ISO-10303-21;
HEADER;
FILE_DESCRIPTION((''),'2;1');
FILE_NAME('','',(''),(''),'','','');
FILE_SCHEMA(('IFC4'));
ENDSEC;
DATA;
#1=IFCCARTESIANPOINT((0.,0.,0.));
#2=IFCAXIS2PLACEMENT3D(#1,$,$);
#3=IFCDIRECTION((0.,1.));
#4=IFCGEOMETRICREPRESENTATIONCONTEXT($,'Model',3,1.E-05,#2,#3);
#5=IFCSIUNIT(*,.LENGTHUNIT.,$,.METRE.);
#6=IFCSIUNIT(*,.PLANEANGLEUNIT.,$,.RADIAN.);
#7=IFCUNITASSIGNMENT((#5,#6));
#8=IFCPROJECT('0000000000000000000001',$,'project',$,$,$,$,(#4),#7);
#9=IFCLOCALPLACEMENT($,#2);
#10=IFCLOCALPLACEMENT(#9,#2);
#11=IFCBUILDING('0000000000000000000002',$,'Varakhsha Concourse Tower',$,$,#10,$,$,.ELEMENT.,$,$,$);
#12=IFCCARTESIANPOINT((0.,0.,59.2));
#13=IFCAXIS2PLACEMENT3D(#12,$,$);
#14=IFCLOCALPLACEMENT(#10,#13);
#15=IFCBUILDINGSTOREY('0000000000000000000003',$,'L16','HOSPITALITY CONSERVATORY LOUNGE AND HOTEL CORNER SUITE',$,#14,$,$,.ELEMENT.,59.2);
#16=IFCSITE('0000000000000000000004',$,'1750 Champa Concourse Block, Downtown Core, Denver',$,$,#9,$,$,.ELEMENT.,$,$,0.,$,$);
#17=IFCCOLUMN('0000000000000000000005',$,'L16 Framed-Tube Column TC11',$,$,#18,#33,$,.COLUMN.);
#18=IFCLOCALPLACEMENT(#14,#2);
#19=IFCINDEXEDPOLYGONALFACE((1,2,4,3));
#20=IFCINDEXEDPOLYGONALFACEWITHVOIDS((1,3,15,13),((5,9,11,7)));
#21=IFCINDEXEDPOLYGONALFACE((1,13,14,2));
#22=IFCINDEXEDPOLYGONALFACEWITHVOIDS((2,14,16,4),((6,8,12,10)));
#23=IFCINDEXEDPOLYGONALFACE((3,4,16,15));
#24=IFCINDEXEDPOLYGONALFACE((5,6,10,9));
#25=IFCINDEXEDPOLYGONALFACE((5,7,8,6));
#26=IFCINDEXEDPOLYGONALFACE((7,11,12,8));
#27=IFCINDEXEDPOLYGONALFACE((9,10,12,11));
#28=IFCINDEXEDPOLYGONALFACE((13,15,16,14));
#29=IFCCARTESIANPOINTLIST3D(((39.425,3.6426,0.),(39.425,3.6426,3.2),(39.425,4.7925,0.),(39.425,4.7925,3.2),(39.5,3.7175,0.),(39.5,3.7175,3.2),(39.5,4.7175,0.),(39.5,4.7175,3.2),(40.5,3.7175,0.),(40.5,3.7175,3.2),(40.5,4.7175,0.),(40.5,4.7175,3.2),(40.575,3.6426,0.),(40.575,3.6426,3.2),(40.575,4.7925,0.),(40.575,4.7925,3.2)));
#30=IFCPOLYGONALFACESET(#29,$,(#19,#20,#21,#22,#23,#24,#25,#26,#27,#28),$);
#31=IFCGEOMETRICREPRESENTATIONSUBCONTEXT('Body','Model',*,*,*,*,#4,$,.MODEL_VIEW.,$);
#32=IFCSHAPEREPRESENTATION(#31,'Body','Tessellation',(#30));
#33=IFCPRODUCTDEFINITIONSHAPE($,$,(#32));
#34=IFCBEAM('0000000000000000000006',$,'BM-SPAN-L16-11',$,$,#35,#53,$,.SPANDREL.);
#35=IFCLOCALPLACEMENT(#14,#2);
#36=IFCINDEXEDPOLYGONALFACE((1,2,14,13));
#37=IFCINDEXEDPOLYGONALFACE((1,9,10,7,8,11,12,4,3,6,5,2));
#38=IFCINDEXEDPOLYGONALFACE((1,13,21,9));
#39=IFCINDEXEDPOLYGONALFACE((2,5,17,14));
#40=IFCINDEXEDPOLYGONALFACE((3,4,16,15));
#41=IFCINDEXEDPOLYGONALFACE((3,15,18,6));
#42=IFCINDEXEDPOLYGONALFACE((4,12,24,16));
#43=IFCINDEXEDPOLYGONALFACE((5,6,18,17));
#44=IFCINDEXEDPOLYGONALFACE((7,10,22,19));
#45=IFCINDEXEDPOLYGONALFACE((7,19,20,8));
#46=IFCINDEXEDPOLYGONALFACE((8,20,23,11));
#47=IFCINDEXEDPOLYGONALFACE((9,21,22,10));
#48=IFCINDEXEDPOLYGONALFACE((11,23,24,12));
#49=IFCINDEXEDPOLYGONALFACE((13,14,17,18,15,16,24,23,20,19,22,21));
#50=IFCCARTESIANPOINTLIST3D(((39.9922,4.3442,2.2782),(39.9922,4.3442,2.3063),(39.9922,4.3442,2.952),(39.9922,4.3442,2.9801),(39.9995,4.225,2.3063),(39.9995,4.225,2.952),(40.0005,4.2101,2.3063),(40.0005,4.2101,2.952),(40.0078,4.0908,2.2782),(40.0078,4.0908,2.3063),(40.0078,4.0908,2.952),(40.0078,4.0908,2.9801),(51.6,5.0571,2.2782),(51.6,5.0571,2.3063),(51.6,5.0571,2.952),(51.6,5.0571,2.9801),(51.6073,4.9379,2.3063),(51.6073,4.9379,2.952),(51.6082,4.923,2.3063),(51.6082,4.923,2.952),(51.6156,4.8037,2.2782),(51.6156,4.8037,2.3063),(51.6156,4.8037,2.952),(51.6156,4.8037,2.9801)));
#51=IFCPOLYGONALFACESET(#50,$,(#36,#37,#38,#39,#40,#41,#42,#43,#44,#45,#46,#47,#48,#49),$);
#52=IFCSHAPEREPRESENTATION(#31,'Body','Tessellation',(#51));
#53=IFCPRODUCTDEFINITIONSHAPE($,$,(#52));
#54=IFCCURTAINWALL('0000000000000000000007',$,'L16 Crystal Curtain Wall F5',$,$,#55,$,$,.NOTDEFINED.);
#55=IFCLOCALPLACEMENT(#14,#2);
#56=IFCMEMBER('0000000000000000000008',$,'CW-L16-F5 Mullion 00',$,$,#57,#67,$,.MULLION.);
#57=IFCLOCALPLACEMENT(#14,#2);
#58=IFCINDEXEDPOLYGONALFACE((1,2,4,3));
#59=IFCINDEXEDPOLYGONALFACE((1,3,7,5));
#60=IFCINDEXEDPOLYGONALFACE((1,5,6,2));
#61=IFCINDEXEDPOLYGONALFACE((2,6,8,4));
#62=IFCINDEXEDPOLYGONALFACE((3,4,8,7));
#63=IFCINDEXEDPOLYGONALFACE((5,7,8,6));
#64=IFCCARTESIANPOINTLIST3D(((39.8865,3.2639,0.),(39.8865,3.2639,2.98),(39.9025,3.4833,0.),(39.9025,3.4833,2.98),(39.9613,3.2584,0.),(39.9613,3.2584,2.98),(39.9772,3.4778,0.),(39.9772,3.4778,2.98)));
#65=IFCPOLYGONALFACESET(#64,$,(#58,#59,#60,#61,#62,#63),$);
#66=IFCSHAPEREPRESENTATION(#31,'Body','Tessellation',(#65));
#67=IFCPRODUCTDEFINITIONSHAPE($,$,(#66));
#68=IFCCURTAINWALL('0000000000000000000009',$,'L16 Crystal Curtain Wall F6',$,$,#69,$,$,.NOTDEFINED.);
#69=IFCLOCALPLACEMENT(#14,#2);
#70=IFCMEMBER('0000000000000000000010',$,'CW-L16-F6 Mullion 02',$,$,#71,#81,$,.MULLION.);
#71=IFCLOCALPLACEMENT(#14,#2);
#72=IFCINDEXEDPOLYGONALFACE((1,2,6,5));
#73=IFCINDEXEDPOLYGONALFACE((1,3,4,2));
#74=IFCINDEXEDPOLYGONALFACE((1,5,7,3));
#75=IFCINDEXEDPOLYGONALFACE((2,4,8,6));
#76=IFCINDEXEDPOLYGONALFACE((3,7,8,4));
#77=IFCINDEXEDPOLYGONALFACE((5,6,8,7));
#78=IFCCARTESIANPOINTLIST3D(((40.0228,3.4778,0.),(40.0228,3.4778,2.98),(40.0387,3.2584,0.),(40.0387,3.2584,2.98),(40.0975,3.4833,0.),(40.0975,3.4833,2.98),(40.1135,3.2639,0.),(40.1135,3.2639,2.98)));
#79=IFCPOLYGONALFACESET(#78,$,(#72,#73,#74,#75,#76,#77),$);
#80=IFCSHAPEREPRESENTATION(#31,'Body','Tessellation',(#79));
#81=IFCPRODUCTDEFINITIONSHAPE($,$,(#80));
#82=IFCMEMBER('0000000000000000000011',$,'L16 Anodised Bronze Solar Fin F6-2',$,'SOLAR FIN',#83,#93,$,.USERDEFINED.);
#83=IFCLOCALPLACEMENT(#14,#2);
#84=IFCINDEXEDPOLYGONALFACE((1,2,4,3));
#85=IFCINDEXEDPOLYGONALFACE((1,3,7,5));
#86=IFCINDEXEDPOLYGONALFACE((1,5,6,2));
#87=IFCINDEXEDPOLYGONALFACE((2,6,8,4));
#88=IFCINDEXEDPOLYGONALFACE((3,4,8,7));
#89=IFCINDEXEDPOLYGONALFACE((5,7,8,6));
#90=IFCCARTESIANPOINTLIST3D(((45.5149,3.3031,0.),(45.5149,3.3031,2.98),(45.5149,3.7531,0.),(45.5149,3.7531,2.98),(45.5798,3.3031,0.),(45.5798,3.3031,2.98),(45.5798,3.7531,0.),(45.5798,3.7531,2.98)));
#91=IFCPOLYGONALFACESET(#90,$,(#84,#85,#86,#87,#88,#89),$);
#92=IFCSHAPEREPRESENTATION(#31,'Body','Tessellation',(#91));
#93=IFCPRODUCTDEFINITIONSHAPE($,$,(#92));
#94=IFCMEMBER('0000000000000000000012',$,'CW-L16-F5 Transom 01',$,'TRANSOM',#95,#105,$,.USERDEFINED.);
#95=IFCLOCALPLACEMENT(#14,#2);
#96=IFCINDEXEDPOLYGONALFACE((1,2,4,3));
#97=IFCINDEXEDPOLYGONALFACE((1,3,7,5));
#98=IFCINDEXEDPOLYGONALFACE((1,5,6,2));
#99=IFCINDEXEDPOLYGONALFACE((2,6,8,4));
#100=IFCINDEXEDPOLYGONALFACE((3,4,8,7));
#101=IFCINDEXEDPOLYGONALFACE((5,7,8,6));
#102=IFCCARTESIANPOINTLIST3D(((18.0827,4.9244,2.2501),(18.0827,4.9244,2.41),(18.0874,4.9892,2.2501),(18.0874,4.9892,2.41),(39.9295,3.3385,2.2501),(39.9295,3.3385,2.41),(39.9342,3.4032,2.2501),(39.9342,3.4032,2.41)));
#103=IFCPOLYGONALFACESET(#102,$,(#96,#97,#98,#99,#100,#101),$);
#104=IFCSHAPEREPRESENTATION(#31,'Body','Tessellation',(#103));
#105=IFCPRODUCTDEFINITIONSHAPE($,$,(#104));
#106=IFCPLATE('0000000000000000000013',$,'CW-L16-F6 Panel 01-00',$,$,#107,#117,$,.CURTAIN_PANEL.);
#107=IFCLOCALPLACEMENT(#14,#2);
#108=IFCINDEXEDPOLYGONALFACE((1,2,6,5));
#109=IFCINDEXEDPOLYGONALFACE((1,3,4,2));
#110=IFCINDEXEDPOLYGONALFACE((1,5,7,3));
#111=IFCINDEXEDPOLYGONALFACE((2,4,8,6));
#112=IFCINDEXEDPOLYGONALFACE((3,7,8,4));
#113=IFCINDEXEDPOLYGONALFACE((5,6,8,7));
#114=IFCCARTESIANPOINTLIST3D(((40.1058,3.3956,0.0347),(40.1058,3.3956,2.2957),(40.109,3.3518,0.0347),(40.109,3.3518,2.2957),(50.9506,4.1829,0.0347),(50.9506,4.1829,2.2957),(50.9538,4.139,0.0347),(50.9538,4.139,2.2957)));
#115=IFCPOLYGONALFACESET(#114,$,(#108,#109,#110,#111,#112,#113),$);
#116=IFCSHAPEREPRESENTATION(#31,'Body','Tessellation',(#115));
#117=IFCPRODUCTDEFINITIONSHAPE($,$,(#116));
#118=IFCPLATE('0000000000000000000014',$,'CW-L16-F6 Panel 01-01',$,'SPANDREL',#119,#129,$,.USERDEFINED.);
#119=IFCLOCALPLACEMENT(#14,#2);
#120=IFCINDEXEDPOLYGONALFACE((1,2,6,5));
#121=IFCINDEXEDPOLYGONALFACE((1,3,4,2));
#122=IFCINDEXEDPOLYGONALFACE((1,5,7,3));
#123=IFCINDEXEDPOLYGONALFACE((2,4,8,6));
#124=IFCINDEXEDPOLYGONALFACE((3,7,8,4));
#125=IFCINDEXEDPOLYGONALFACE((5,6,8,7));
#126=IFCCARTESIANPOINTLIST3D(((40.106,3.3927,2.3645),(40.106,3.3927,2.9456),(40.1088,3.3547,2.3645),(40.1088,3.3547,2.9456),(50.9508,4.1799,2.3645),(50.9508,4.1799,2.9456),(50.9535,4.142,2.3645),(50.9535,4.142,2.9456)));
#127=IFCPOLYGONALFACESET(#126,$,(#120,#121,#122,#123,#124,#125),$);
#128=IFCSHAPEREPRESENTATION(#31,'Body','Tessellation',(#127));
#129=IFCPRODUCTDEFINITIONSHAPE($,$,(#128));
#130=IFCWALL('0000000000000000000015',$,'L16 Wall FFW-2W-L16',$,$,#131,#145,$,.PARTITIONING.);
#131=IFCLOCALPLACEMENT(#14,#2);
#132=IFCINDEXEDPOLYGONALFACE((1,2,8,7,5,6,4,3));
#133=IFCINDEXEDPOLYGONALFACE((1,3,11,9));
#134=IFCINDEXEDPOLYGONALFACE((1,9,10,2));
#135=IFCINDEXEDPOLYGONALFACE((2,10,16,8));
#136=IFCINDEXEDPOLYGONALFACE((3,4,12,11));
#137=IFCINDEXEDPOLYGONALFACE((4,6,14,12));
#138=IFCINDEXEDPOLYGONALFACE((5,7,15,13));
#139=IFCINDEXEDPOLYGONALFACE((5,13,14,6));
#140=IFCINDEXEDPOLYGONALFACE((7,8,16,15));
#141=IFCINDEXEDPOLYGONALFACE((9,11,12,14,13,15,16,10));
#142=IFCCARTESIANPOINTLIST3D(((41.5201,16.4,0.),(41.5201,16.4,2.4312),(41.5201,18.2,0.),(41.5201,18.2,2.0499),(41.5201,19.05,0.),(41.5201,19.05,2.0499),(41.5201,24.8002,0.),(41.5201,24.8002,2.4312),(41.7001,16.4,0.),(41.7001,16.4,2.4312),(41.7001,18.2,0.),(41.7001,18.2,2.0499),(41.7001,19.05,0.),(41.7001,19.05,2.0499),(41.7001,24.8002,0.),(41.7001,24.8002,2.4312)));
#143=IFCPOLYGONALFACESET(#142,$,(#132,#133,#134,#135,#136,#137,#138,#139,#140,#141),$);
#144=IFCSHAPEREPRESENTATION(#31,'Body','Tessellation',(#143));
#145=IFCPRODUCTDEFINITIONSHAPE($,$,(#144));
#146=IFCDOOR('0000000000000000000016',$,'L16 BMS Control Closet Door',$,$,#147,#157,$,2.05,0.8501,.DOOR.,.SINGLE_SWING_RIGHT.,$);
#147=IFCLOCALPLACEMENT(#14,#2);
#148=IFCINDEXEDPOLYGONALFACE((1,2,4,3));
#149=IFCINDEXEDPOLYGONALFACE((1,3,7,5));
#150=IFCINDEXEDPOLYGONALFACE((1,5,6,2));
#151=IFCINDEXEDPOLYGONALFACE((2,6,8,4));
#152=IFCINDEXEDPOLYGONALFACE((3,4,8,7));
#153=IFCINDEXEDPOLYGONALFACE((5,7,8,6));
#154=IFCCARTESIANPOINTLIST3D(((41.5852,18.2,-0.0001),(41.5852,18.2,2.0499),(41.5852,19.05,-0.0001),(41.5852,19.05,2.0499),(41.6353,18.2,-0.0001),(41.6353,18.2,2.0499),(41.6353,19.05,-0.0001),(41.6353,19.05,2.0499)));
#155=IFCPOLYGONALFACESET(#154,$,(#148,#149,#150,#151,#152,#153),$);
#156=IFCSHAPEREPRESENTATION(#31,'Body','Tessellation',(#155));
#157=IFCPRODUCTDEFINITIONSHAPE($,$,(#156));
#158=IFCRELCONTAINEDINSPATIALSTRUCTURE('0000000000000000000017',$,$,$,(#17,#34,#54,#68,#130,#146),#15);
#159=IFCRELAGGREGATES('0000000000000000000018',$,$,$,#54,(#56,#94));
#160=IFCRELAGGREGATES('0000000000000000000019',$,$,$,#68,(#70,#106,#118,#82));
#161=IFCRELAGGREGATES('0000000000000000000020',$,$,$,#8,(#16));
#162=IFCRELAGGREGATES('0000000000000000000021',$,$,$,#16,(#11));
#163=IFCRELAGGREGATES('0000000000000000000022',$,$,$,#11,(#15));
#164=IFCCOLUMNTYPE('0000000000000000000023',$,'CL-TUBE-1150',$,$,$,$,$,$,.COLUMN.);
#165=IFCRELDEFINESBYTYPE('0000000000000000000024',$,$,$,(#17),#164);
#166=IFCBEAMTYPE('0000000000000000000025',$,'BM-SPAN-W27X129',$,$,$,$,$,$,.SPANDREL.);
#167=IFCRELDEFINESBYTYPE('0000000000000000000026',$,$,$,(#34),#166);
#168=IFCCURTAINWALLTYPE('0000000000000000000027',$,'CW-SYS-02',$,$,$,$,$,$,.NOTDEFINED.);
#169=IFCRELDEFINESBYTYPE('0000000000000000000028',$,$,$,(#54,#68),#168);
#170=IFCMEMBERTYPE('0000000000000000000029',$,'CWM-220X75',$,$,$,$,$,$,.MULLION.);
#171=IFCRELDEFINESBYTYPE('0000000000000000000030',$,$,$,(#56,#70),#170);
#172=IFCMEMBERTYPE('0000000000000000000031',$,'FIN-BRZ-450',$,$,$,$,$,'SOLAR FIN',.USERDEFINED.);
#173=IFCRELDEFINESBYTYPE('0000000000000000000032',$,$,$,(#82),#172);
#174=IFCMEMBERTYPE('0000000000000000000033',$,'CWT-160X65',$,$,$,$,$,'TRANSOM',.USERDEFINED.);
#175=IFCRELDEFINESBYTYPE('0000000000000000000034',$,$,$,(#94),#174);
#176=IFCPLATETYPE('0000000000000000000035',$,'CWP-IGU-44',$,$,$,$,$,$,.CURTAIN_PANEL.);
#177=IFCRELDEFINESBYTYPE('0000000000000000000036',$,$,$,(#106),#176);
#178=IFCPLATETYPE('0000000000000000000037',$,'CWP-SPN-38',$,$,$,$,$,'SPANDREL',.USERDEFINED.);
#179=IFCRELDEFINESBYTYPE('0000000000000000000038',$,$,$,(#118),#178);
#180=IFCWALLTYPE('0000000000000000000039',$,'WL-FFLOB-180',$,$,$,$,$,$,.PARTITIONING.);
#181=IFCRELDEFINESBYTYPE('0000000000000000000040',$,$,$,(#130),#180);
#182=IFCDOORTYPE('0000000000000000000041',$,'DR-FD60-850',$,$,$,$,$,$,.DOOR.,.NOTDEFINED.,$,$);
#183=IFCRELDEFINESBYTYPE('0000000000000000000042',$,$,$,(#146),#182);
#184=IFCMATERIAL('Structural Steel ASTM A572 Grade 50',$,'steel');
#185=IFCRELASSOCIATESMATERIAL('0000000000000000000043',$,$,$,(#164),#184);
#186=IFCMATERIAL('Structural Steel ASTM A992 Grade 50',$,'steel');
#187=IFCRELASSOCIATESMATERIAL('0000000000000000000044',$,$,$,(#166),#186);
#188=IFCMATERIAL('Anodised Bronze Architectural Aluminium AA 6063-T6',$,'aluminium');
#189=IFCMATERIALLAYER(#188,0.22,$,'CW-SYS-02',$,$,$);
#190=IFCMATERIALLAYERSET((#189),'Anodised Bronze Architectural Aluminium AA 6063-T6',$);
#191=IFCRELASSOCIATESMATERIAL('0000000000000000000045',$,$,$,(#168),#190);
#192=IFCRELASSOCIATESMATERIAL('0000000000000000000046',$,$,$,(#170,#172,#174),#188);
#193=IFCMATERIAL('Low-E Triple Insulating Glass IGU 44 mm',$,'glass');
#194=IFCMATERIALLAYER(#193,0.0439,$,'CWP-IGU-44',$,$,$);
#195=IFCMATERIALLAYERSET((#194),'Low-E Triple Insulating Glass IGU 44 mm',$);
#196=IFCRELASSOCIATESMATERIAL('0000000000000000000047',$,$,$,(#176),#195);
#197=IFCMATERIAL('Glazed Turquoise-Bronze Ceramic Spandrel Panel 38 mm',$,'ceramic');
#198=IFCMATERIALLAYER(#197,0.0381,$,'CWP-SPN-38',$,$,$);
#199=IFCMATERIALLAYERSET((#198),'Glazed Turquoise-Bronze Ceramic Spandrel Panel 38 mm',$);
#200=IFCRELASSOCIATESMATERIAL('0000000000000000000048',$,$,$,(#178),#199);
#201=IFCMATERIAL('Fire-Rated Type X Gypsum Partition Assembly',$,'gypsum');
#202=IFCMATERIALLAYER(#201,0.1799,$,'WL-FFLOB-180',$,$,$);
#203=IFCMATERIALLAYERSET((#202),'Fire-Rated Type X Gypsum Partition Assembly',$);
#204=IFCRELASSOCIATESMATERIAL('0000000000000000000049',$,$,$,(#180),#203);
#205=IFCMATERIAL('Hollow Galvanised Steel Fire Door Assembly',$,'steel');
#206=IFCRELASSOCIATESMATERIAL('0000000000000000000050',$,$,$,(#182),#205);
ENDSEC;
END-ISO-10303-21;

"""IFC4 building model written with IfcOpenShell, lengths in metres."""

from ifc_helpers import new_model, si_unit, direction, frame, frame_2d, origin, origin_2d, place, context, subcontext, project, spatial, rectangle, hollow_rectangle, i_section, extrude, source, transform, mapped, material, layer, layer_set, material_profile, profile_set, type_object, type_shapes, element, fill, aggregate, save


model = new_model("IFC4")

# Units and contexts
model_context = context("Model", 3, precision=1e-05, world=origin(), true_north=direction((0.0, 1.0)))
body_context = subcontext(model_context, "Body", "Model", "MODEL_VIEW")
ifc_project = project(units=[si_unit("LENGTHUNIT", "METRE"), si_unit("PLANEANGLEUNIT", "RADIAN")], contexts=[model_context])

# Site, building, storey
site_placement = place(None, origin())
site = spatial("IfcSite", under=ifc_project, at=site_placement, Name="1750 Champa Concourse Block, Downtown Core, Denver", CompositionType="ELEMENT", RefElevation=0.0)
building_placement = place(site_placement, origin())
building = spatial("IfcBuilding", under=site, at=building_placement, Name="Varakhsha Concourse Tower", CompositionType="ELEMENT")
storey_placement = place(building_placement, frame((0.0, 0.0, 59.2)))
storey = spatial("IfcBuildingStorey", under=building, at=storey_placement, Name="L16", Description="HOSPITALITY CONSERVATORY LOUNGE AND HOTEL CORNER SUITE", CompositionType="ELEMENT", Elevation=59.2)

# Column
ifc_material_1 = material(Name="Structural Steel ASTM A572 Grade 50", Category="steel")
ifc_material_profile_1 = material_profile(ifc_material_1, hollow_rectangle(XDim=1.1499, YDim=1.1499, WallThickness=0.075, at=origin_2d()), Name="BOX 1150x1150x75")
ifc_profile_set_1 = profile_set([ifc_material_profile_1], Name="Structural Steel ASTM A572 Grade 50")
column_type = type_object("IfcColumnType", Name="CL-TUBE-1150", PredefinedType="COLUMN", material=ifc_profile_set_1)
column_placement = place(storey_placement, frame((40.0, 4.2175, 0.0), z_axis=(0.0, 0.0, 1.0), x_axis=(1.0, 0.0, 0.0)))
element("IfcColumn", 1, at=column_placement, inside=storey, type_object=column_type, Name="L16 Framed-Tube Column TC11", PredefinedType="COLUMN", context=body_context, shape_type="SweptSolid", body=[
    extrude(hollow_rectangle(XDim=1.1499, YDim=1.1499, WallThickness=0.075, at=origin_2d()), origin(), (0.0, 0.0, 1.0), 3.2),
])

# Beam
ifc_material_2 = material(Name="Structural Steel ASTM A992 Grade 50", Category="steel")
ifc_material_profile_2 = material_profile(ifc_material_2, i_section(OverallWidth=0.2539, OverallDepth=0.7019, WebThickness=0.0149, FlangeThickness=0.0281, at=origin_2d()), Name="W27X129")
ifc_profile_set_2 = profile_set([ifc_material_profile_2], Name="Structural Steel ASTM A992 Grade 50")
beam_type = type_object("IfcBeamType", Name="BM-SPAN-W27X129", PredefinedType="SPANDREL", material=ifc_profile_set_2)
beam_placement = place(storey_placement, frame((40.0, 4.2175, 2.6292), z_axis=(0.998119, 0.0613, 0.0), x_axis=(-0.0613, 0.998119, 0.0)))
element("IfcBeam", 2, at=beam_placement, inside=storey, type_object=beam_type, Name="BM-SPAN-L16-11", PredefinedType="SPANDREL", context=body_context, shape_type="SweptSolid", body=[
    extrude(i_section(OverallWidth=0.2539, OverallDepth=0.7019, WebThickness=0.0149, FlangeThickness=0.0281, at=origin_2d()), origin(), (0.0, 0.0, 1.0), 11.6296),
])

# Curtain wall, member
ifc_material_3 = material(Name="Anodised Bronze Architectural Aluminium AA 6063-T6", Category="aluminium")
ifc_layer_1 = layer(ifc_material_3, 0.22, Name="CW-SYS-02")
ifc_layer_set_1 = layer_set([ifc_layer_1], Name="Anodised Bronze Architectural Aluminium AA 6063-T6")
curtain_wall_type = type_object("IfcCurtainWallType", Name="CW-SYS-02", PredefinedType="NOTDEFINED", material=ifc_layer_set_1)
curtain_wall_1_placement = place(storey_placement, origin())
curtain_wall_1 = element("IfcCurtainWall", 3, at=curtain_wall_1_placement, inside=storey, type_object=curtain_wall_type, Name="L16 Crystal Curtain Wall F5", PredefinedType="NOTDEFINED")
ifc_material_profile_3 = material_profile(ifc_material_3, rectangle(XDim=0.075, YDim=0.22, at=origin_2d()), Name="CWM-220X75")
ifc_profile_set_3 = profile_set([ifc_material_profile_3], Name="Anodised Bronze Architectural Aluminium AA 6063-T6")
member_type_1 = type_object("IfcMemberType", Name="CWM-220X75", PredefinedType="MULLION", material=ifc_profile_set_3)
shared_shape_1 = source(origin(), body_context, "Body", "SweptSolid", [
    extrude(rectangle(XDim=0.075, YDim=0.22, at=origin_2d()), origin(), (0.0, 0.0, 1.0), 2.98),
])
type_shapes(member_type_1, [shared_shape_1])
member_1_placement = place(storey_placement, frame((39.9319, 3.3708, 0.0), z_axis=(0.0, 0.0, 1.0), x_axis=(-0.997376, 0.072401, 0.0)))
member_1 = element("IfcMember", 4, at=member_1_placement, type_object=member_type_1, Name="CW-L16-F5 Mullion 00", PredefinedType="MULLION", context=body_context, shape_type="MappedRepresentation", body=[
    mapped(shared_shape_1, transform((0.0, 0.0, 0.0), scale=1.0)),
])

# Curtain wall, members
curtain_wall_2_placement = place(storey_placement, origin())
curtain_wall_2 = element("IfcCurtainWall", 5, at=curtain_wall_2_placement, inside=storey, type_object=curtain_wall_type, Name="L16 Crystal Curtain Wall F6", PredefinedType="NOTDEFINED")
member_2_placement = place(storey_placement, frame((40.0681, 3.3708, 0.0), z_axis=(0.0, 0.0, 1.0), x_axis=(-0.997376, -0.072401, 0.0)))
member_2 = element("IfcMember", 6, at=member_2_placement, type_object=member_type_1, Name="CW-L16-F6 Mullion 02", PredefinedType="MULLION", context=body_context, shape_type="MappedRepresentation", body=[
    mapped(shared_shape_1, transform((0.0, 0.0, 0.0), scale=1.0)),
])
ifc_material_profile_4 = material_profile(ifc_material_3, rectangle(XDim=0.0649, YDim=0.45, at=origin_2d()), Name="FIN-BRZ-450")
ifc_profile_set_4 = profile_set([ifc_material_profile_4], Name="Anodised Bronze Architectural Aluminium AA 6063-T6")
member_type_2 = type_object("IfcMemberType", Name="FIN-BRZ-450", ElementType="SOLAR FIN", PredefinedType="USERDEFINED", material=ifc_profile_set_4)
shared_shape_2 = source(origin(), body_context, "Body", "SweptSolid", [
    extrude(rectangle(XDim=0.0649, YDim=0.45, at=origin_2d()), origin(), (0.0, 0.0, 1.0), 2.98),
])
type_shapes(member_type_2, [shared_shape_2])
member_3_placement = place(storey_placement, frame((45.5474, 3.5281, 0.0), z_axis=(0.0, 0.0, 1.0), x_axis=(1.0, 0.0, 0.0)))
member_3 = element("IfcMember", 7, at=member_3_placement, type_object=member_type_2, Name="L16 Anodised Bronze Solar Fin F6-2", ObjectType="SOLAR FIN", PredefinedType="USERDEFINED", context=body_context, shape_type="MappedRepresentation", body=[
    mapped(shared_shape_2, transform((0.0, 0.0, 0.0), scale=1.0)),
])

# Member
ifc_material_profile_5 = material_profile(ifc_material_3, rectangle(XDim=0.0649, YDim=0.1599, at=origin_2d()), Name="CWT-160X65")
ifc_profile_set_5 = profile_set([ifc_material_profile_5], Name="Anodised Bronze Architectural Aluminium AA 6063-T6")
member_type_3 = type_object("IfcMemberType", Name="CWT-160X65", ElementType="TRANSOM", PredefinedType="USERDEFINED", material=ifc_profile_set_5)
shared_shape_3 = source(origin(), body_context, "Body", "SweptSolid", [
    extrude(rectangle(XDim=0.0649, YDim=0.1599, at=origin_2d()), origin(), (0.0, 0.0, 1.0), 21.9043),
])
type_shapes(member_type_3, [shared_shape_3])
member_4_placement = place(storey_placement, frame((39.9319, 3.3708, 2.3301), z_axis=(-0.997375, 0.072403, 0.0), x_axis=(-0.072403, -0.997375, 0.0)))
member_4 = element("IfcMember", 8, at=member_4_placement, type_object=member_type_3, Name="CW-L16-F5 Transom 01", ObjectType="TRANSOM", PredefinedType="USERDEFINED", context=body_context, shape_type="MappedRepresentation", body=[
    mapped(shared_shape_3, transform((0.0, 0.0, 0.0), scale=1.0)),
])
aggregate(curtain_wall_1, [member_1, member_4])

# Plates
ifc_material_4 = material(Name="Low-E Triple Insulating Glass IGU 44 mm", Category="glass")
ifc_layer_2 = layer(ifc_material_4, 0.0439, Name="CWP-IGU-44")
ifc_layer_set_2 = layer_set([ifc_layer_2], Name="Low-E Triple Insulating Glass IGU 44 mm")
plate_type_1 = type_object("IfcPlateType", Name="CWP-IGU-44", PredefinedType="CURTAIN_PANEL", material=ifc_layer_set_2)
shared_shape_4 = source(origin(), body_context, "Body", "SweptSolid", [
    extrude(rectangle(XDim=10.8733, YDim=0.0439, at=origin_2d()), origin(), (0.0, 0.0, 1.0), 2.261),
])
type_shapes(plate_type_1, [shared_shape_4])
plate_1_placement = place(storey_placement, frame((45.5298, 3.7673, 0.0347), z_axis=(0.0, 0.0, 1.0), x_axis=(-0.997376, -0.072401, 0.0)))
plate_1 = element("IfcPlate", 9, at=plate_1_placement, type_object=plate_type_1, Name="CW-L16-F6 Panel 01-00", PredefinedType="CURTAIN_PANEL", context=body_context, shape_type="MappedRepresentation", body=[
    mapped(shared_shape_4, transform((0.0, 0.0, 0.0), scale=1.0)),
])
ifc_material_5 = material(Name="Glazed Turquoise-Bronze Ceramic Spandrel Panel 38 mm", Category="ceramic")
ifc_layer_3 = layer(ifc_material_5, 0.0381, Name="CWP-SPN-38")
ifc_layer_set_3 = layer_set([ifc_layer_3], Name="Glazed Turquoise-Bronze Ceramic Spandrel Panel 38 mm")
plate_type_2 = type_object("IfcPlateType", Name="CWP-SPN-38", ElementType="SPANDREL", PredefinedType="USERDEFINED", material=ifc_layer_set_3)
shared_shape_5 = source(origin(), body_context, "Body", "SweptSolid", [
    extrude(rectangle(XDim=10.8733, YDim=0.0381, at=origin_2d()), origin(), (0.0, 0.0, 1.0), 0.5811),
])
type_shapes(plate_type_2, [shared_shape_5])
plate_2_placement = place(storey_placement, frame((45.5298, 3.7673, 2.3645), z_axis=(0.0, 0.0, 1.0), x_axis=(-0.997376, -0.072401, 0.0)))
plate_2 = element("IfcPlate", 10, at=plate_2_placement, type_object=plate_type_2, Name="CW-L16-F6 Panel 01-01", ObjectType="SPANDREL", PredefinedType="USERDEFINED", context=body_context, shape_type="MappedRepresentation", body=[
    mapped(shared_shape_5, transform((0.0, 0.0, 0.0), scale=1.0)),
])
aggregate(curtain_wall_2, [member_2, plate_1, plate_2, member_3])

# Wall, opening, door
ifc_material_6 = material(Name="Fire-Rated Type X Gypsum Partition Assembly", Category="gypsum")
ifc_layer_4 = layer(ifc_material_6, 0.1799, Name="WL-FFLOB-180")
ifc_layer_set_4 = layer_set([ifc_layer_4], Name="Fire-Rated Type X Gypsum Partition Assembly")
wall_type_1 = type_object("IfcWallType", Name="WL-FFLOB-180", PredefinedType="PARTITIONING", material=ifc_layer_set_4)
wall_1_placement = place(storey_placement, frame((41.6101, 16.3999, 0.0), z_axis=(0.0, 0.0, 1.0), x_axis=(0.0, 1.0, 0.0)))
wall_1 = element("IfcWall", 11, at=wall_1_placement, inside=storey, type_object=wall_type_1, Name="L16 Wall FFW-2W-L16", PredefinedType="PARTITIONING", context=body_context, shape_type="SweptSolid", body=[
    extrude(rectangle(XDim=8.4001, YDim=0.1799, at=frame_2d((4.2002, 0.0))), origin(), (0.0, 0.0, 1.0), 2.4312),
])
opening_1_placement = place(wall_1_placement, frame((1.8, 0.0, 0.0)))
opening_1 = element("IfcOpeningElement", 12, at=opening_1_placement, cuts=wall_1, PredefinedType="OPENING", context=body_context, shape_type="SweptSolid", body=[
    extrude(rectangle(XDim=0.8501, YDim=2.05, at=frame_2d((0.425, 1.0249))), frame((0.0, 0.0999, 0.0), z_axis=(0.0, -1.0, 0.0), x_axis=(1.0, 0.0, 0.0)), (0.0, 0.0, 1.0), 0.2),
])
ifc_material_7 = material(Name="Hollow Galvanised Steel Fire Door Assembly", Category="steel")
door_type_1 = type_object("IfcDoorType", Name="DR-FD60-850", OperationType="NOTDEFINED", PredefinedType="DOOR", material=ifc_material_7)
door_1_placement = place(opening_1_placement, origin())
door_1 = element("IfcDoor", 13, at=door_1_placement, inside=storey, type_object=door_type_1, Name="L16 BMS Control Closet Door", OperationType="SINGLE_SWING_RIGHT", OverallHeight=2.05, OverallWidth=0.8501, PredefinedType="DOOR", context=body_context, shape_type="SweptSolid", body=[
    extrude(rectangle(XDim=0.8501, YDim=2.05, at=frame_2d((0.425, 1.0249))), frame((0.0, 0.0249, 0.0), z_axis=(0.0, -1.0, 0.0), x_axis=(1.0, 0.0, 0.0)), (0.0, 0.0, 1.0), 0.05),
])
fill(opening_1, door_1)

save(model, "model.ifc")
